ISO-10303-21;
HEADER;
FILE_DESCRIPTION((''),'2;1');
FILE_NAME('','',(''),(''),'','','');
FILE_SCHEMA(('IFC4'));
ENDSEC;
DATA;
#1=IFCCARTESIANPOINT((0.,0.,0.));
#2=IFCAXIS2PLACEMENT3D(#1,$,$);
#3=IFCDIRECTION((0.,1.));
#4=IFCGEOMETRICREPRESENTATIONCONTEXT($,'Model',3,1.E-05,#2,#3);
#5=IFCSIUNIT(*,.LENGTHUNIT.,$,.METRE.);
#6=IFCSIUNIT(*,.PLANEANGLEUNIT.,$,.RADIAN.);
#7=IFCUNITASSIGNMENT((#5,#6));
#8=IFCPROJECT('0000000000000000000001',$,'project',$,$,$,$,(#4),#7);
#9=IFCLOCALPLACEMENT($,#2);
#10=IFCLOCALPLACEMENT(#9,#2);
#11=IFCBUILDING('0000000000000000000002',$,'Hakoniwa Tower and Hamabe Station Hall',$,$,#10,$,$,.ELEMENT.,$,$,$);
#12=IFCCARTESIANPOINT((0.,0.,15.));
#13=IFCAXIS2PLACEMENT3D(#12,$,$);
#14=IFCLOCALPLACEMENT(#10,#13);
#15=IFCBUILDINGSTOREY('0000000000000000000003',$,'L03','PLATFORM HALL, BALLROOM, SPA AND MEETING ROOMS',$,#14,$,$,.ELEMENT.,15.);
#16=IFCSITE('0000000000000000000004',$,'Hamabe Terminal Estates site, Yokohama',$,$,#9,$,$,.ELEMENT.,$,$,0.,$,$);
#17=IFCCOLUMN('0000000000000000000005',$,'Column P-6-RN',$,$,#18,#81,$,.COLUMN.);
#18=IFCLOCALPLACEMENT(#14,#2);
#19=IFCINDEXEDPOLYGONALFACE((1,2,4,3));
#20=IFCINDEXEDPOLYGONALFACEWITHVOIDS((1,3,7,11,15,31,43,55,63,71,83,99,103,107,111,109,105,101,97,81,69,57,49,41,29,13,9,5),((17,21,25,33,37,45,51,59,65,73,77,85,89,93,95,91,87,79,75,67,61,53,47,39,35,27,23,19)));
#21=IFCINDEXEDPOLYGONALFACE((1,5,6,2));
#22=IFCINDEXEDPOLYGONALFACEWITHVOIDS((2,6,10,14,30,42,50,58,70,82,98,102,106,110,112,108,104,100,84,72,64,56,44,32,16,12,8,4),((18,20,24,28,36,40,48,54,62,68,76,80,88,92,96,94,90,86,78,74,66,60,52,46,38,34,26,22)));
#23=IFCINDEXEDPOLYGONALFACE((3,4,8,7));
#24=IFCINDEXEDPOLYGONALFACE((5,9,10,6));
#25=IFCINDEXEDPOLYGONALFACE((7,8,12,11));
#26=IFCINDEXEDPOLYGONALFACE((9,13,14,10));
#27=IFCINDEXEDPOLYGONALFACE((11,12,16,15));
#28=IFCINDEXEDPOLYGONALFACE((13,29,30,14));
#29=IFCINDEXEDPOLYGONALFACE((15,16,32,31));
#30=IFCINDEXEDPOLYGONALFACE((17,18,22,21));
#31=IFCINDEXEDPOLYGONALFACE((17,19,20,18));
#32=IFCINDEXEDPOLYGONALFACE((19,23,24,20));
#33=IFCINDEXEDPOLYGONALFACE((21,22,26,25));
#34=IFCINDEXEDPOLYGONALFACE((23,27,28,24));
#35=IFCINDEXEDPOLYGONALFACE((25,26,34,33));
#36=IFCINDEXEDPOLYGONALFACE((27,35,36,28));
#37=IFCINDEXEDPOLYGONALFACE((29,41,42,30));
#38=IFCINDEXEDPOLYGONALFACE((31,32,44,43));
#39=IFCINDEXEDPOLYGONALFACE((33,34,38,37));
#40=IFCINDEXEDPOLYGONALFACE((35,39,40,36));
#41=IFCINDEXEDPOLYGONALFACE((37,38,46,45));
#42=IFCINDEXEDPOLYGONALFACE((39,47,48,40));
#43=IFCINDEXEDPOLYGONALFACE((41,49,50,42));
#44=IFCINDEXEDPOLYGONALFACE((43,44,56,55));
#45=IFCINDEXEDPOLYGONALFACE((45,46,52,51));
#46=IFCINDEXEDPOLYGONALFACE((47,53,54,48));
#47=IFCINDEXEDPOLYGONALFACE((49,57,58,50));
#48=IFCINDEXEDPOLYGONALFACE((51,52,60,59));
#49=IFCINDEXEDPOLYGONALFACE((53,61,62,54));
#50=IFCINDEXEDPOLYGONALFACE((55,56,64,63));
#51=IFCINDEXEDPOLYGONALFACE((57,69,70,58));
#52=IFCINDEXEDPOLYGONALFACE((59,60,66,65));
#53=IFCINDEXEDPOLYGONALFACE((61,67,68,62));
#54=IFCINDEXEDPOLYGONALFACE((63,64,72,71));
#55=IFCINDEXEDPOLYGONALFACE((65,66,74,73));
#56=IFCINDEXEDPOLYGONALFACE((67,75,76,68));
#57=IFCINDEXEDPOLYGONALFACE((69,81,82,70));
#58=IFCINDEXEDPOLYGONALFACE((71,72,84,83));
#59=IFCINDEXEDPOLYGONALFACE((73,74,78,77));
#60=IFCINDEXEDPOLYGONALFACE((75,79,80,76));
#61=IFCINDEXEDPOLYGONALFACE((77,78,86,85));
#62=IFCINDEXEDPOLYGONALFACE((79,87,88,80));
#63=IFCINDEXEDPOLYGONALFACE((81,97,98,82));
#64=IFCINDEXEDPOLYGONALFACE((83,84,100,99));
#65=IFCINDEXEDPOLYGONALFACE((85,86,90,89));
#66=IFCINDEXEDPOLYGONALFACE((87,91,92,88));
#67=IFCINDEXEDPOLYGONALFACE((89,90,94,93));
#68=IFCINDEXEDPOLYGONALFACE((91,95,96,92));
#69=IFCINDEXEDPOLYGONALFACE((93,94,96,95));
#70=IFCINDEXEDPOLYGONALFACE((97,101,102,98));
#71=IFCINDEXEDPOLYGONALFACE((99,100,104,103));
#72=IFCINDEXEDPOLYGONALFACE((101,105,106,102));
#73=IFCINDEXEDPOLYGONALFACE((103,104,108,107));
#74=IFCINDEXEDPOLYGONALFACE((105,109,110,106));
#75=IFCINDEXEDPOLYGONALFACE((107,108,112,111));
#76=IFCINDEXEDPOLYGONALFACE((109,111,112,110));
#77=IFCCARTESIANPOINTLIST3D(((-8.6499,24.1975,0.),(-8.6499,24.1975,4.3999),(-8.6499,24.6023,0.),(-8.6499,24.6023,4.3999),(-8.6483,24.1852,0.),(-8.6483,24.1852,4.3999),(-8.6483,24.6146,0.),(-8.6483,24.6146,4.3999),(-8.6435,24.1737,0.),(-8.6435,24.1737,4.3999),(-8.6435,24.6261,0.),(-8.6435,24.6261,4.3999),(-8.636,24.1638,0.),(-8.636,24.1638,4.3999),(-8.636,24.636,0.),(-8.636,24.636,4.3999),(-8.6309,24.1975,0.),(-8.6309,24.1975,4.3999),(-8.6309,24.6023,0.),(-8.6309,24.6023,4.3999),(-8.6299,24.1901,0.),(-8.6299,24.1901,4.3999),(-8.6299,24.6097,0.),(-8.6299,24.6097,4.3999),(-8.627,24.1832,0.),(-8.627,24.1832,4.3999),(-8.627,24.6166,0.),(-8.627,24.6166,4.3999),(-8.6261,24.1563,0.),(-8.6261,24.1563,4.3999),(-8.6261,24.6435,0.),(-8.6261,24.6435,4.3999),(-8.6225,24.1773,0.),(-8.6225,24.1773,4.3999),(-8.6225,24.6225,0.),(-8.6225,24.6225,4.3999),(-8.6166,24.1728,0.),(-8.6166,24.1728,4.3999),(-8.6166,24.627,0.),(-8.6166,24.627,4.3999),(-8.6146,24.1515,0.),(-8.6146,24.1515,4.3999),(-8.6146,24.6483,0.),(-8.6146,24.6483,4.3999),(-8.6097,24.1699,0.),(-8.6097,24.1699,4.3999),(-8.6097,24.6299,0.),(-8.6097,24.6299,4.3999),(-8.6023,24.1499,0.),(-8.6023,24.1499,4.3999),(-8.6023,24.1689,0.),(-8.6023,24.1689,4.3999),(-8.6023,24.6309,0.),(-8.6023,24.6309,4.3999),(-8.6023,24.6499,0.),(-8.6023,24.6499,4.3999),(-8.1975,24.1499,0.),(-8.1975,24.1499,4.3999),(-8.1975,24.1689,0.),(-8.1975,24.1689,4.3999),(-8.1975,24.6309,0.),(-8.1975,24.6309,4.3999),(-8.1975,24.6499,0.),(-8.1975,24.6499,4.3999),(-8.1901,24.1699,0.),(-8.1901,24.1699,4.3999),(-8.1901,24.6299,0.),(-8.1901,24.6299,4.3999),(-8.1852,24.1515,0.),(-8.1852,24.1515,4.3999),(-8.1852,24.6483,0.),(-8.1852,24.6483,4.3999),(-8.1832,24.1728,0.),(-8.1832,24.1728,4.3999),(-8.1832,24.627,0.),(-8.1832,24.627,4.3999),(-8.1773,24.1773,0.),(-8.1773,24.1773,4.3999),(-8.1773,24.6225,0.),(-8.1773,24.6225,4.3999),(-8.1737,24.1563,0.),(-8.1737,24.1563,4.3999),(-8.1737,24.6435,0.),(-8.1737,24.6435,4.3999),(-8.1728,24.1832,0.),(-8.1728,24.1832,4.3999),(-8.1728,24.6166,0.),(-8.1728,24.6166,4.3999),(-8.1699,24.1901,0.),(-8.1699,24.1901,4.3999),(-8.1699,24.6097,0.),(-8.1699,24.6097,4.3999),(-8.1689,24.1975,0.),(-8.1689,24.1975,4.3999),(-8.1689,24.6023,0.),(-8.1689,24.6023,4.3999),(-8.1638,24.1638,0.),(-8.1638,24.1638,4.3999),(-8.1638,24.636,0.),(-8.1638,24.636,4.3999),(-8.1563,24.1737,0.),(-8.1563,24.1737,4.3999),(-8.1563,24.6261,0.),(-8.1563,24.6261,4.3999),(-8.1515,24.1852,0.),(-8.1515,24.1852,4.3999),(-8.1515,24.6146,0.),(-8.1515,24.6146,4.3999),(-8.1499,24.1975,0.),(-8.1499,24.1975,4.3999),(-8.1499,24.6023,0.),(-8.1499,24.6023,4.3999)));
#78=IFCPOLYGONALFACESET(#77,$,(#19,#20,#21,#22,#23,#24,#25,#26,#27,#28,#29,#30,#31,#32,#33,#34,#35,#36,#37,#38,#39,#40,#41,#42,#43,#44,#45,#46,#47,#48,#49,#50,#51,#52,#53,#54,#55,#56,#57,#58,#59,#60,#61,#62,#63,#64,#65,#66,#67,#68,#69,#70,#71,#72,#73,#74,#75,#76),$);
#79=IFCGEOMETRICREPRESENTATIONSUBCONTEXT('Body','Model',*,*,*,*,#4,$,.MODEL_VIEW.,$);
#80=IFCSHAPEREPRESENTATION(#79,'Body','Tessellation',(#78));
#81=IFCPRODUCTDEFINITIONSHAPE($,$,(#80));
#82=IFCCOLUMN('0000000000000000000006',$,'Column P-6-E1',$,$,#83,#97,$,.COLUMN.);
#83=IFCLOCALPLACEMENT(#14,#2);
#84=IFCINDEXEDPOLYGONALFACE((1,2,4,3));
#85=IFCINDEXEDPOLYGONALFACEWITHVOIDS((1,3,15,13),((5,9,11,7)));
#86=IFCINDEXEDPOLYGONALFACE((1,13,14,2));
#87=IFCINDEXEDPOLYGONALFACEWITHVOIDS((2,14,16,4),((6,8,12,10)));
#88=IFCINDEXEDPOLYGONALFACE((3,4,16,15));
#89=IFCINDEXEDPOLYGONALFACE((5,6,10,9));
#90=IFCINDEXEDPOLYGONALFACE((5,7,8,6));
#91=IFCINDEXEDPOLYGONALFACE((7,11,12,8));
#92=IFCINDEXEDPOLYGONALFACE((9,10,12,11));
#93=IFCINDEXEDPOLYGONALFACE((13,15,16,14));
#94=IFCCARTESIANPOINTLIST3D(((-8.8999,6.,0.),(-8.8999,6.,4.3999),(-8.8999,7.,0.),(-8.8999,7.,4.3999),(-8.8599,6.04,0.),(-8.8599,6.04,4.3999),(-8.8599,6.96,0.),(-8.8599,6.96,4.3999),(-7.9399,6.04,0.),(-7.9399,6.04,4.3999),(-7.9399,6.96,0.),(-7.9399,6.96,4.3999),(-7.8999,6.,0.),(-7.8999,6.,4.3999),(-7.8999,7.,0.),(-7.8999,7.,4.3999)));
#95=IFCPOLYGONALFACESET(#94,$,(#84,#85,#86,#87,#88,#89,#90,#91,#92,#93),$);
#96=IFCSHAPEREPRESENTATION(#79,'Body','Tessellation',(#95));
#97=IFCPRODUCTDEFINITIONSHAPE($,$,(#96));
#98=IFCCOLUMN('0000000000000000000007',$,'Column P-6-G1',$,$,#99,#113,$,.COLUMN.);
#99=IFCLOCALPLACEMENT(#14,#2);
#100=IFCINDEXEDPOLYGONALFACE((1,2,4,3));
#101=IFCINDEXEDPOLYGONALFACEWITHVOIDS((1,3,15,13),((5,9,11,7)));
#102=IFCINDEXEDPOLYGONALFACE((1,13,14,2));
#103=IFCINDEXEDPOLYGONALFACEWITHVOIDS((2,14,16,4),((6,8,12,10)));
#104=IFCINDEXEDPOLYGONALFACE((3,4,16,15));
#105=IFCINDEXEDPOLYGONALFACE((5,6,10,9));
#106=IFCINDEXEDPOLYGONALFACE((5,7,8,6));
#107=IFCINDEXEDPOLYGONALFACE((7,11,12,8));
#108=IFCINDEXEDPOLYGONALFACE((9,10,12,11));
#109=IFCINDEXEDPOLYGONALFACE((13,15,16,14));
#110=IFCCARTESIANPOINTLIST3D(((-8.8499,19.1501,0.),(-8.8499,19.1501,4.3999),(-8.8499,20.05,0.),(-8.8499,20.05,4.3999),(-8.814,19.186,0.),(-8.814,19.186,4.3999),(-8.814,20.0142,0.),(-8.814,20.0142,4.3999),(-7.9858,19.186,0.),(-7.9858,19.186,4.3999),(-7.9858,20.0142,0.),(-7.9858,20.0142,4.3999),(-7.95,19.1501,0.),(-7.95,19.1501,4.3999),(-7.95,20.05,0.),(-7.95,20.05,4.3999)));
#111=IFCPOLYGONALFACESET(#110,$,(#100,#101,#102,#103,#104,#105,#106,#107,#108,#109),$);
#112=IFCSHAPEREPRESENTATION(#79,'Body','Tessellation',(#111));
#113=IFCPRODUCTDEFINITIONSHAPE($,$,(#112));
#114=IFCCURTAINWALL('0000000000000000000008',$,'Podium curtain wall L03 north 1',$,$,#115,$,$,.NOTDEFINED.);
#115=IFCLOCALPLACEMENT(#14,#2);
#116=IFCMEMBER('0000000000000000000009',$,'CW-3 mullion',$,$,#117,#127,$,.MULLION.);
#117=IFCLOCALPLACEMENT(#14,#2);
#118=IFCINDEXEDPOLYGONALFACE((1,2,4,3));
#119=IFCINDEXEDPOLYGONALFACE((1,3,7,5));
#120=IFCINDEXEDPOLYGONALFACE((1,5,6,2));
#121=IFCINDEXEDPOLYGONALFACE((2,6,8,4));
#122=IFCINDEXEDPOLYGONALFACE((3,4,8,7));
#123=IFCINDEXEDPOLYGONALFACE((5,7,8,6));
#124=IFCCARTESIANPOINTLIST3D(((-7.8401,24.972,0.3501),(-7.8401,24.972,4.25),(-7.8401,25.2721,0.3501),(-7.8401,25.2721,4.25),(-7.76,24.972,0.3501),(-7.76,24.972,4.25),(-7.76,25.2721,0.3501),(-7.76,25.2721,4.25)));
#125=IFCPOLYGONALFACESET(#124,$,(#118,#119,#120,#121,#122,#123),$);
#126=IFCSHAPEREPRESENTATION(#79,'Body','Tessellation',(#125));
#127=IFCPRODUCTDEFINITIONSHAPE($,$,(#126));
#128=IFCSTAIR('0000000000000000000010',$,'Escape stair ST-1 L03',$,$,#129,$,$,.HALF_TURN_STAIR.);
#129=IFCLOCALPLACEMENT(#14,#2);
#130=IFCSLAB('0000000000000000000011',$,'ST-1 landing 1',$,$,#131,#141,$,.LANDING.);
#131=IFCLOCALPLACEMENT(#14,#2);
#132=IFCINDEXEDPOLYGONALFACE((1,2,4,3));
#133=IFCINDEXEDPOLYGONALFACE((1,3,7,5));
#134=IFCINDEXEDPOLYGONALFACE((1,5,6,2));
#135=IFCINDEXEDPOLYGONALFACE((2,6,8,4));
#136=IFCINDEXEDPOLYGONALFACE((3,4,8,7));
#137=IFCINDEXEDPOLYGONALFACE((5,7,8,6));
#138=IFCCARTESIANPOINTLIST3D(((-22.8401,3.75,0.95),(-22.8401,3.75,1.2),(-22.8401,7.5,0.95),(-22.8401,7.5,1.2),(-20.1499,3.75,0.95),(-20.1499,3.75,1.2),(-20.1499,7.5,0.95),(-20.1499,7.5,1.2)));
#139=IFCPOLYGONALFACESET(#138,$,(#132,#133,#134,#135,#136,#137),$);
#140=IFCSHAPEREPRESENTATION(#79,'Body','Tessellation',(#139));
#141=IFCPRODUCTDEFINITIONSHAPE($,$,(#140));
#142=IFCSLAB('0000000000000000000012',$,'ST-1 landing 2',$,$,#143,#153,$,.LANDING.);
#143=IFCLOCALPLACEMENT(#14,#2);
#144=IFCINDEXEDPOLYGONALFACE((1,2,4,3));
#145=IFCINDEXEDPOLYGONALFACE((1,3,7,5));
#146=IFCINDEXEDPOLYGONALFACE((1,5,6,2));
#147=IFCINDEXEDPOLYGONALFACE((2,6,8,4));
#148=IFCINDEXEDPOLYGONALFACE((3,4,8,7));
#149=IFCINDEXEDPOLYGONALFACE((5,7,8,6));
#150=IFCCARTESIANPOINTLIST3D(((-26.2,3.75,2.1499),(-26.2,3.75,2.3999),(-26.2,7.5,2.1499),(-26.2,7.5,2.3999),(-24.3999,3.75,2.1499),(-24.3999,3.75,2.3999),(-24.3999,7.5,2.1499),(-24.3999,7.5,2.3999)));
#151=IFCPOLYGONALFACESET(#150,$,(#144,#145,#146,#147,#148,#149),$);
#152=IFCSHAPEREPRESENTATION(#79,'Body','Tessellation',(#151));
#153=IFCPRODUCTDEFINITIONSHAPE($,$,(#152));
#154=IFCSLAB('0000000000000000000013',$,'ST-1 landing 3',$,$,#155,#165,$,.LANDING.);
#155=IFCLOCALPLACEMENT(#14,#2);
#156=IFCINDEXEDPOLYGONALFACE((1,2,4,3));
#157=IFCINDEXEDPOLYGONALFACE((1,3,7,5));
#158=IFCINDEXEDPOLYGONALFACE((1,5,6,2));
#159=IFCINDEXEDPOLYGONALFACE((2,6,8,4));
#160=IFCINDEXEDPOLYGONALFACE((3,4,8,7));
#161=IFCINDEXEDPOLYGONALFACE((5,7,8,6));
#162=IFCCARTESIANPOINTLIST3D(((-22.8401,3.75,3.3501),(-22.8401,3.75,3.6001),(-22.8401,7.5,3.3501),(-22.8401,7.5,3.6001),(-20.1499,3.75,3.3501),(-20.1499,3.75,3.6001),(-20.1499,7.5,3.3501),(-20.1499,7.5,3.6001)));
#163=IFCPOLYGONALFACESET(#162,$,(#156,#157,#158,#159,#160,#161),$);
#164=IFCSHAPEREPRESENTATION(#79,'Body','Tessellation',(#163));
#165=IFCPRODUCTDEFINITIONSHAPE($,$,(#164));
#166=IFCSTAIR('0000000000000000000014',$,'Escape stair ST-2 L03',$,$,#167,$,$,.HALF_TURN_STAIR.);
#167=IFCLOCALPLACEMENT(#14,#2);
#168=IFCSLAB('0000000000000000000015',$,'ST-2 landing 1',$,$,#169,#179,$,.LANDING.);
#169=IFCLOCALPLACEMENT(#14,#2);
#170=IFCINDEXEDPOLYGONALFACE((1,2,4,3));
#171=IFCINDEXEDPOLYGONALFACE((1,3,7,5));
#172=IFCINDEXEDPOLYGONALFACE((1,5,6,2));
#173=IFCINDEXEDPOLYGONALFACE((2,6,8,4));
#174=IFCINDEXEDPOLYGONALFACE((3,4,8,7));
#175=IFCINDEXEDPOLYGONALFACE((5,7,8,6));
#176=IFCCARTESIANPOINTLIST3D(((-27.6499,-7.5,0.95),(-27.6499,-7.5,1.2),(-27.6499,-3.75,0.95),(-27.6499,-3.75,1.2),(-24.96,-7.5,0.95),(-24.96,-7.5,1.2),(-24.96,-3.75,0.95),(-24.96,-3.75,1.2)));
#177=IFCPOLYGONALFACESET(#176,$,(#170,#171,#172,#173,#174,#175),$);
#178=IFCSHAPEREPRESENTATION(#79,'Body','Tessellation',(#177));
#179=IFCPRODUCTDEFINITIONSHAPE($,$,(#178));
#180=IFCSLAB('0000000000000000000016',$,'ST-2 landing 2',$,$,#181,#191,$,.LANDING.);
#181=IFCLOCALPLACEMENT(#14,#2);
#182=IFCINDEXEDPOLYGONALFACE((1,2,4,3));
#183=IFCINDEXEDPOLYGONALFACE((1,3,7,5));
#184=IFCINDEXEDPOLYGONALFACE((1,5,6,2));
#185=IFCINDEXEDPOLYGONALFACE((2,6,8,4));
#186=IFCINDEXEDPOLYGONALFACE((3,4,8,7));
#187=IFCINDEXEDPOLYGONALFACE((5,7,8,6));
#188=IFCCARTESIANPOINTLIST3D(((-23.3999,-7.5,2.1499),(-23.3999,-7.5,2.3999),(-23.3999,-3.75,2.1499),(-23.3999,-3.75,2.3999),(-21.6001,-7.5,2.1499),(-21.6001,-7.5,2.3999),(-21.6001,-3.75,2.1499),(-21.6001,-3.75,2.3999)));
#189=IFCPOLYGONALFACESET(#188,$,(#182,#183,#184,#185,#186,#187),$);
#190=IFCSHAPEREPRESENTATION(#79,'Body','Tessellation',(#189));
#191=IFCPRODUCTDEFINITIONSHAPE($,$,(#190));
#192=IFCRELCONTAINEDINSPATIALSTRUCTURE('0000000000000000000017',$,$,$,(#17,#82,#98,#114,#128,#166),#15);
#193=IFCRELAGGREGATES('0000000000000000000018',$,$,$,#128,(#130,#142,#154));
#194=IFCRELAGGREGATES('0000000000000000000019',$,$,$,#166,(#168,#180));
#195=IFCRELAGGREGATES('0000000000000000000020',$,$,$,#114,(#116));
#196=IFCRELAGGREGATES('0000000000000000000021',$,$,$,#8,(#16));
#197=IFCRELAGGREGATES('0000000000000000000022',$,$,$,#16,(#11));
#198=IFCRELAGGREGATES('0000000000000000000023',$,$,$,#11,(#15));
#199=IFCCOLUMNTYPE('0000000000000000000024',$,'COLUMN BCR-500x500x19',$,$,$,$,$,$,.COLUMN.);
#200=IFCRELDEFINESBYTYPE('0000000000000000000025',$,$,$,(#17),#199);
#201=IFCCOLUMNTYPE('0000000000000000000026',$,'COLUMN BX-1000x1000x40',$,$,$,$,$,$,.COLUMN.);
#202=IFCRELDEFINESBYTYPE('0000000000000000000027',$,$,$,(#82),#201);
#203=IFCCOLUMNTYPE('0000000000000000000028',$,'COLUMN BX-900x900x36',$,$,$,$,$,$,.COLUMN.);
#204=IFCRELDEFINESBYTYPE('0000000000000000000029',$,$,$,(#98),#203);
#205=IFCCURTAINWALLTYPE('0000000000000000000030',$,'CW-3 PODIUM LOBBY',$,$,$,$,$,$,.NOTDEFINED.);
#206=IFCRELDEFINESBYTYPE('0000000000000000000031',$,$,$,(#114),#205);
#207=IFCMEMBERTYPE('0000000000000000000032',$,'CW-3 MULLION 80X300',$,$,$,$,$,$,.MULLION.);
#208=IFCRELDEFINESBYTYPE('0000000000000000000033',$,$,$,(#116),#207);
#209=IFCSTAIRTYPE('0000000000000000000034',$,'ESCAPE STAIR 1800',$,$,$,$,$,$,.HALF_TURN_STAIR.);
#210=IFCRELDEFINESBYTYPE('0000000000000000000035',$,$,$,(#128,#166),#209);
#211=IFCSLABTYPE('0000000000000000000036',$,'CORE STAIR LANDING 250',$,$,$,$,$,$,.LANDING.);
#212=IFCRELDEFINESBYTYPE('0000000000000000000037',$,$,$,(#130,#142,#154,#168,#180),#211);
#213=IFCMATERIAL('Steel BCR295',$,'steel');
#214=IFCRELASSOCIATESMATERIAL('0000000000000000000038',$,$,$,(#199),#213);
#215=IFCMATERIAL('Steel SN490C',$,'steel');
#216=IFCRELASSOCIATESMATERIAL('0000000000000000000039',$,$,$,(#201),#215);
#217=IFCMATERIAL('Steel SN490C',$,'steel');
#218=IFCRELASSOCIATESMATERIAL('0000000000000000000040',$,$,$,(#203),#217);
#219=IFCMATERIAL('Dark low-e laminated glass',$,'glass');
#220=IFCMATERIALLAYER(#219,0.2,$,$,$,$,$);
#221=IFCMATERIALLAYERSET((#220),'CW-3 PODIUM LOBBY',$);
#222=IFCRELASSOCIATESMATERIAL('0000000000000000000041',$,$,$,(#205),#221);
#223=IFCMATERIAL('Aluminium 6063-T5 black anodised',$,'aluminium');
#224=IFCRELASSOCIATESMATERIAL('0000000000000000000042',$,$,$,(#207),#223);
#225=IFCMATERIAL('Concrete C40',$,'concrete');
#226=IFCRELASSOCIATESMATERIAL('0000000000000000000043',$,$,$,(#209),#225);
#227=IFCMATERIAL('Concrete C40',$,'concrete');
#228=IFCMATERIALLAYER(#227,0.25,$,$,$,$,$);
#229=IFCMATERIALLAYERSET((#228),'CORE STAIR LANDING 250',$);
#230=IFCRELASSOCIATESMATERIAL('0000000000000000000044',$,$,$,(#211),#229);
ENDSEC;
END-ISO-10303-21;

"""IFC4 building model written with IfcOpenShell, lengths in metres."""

from ifc_helpers import new_model, si_unit, direction, frame, origin, origin_2d, place, context, subcontext, project, spatial, polyline, rectangle, hollow_rectangle, outline, extrude, material, layer, layer_set, material_profile, profile_set, type_object, element, aggregate, save


model = new_model("IFC4")

# Units and contexts
model_context = context("Model", 3, precision=1e-05, world=origin(), true_north=direction((0.0, 1.0)))
body_context = subcontext(model_context, "Body", "Model", "MODEL_VIEW")
ifc_project = project(units=[si_unit("LENGTHUNIT", "METRE"), si_unit("PLANEANGLEUNIT", "RADIAN")], contexts=[model_context])

# Site, building, storey
site_placement = place(None, origin())
site = spatial("IfcSite", under=ifc_project, at=site_placement, Name="Hamabe Terminal Estates site, Yokohama", CompositionType="ELEMENT", RefElevation=0.0)
building_placement = place(site_placement, origin())
building = spatial("IfcBuilding", under=site, at=building_placement, Name="Hakoniwa Tower and Hamabe Station Hall", CompositionType="ELEMENT")
storey_placement = place(building_placement, frame((0.0, 0.0, 15.0)))
storey = spatial("IfcBuildingStorey", under=building, at=storey_placement, Name="L03", Description="PLATFORM HALL, BALLROOM, SPA AND MEETING ROOMS", CompositionType="ELEMENT", Elevation=15.0)

# Columns
ifc_material_1 = material(Name="Steel BCR295", Category="steel")
ifc_material_profile_1 = material_profile(ifc_material_1, hollow_rectangle(XDim=0.5, YDim=0.5, WallThickness=0.019, InnerFilletRadius=0.0286, OuterFilletRadius=0.0476, at=origin_2d()), Name="BCR-500x500x19")
ifc_profile_set_1 = profile_set([ifc_material_profile_1], Name="Steel BCR295")
column_type_1 = type_object("IfcColumnType", Name="COLUMN BCR-500x500x19", PredefinedType="COLUMN", material=ifc_profile_set_1)
column_1_placement = place(storey_placement, frame((-8.3999, 24.3999, 0.0), z_axis=(0.0, 0.0, 1.0), x_axis=(1.0, 0.0, 0.0)))
element("IfcColumn", 1, at=column_1_placement, inside=storey, type_object=column_type_1, Name="Column P-6-RN", PredefinedType="COLUMN", context=body_context, shape_type="SweptSolid", body=[
    extrude(hollow_rectangle(XDim=0.5, YDim=0.5, WallThickness=0.019, InnerFilletRadius=0.0286, OuterFilletRadius=0.0476, at=origin_2d()), origin(), (0.0, 0.0, 1.0), 4.3999),
])
ifc_material_2 = material(Name="Steel SN490C", Category="steel")
ifc_material_profile_2 = material_profile(ifc_material_2, hollow_rectangle(XDim=1.0, YDim=1.0, WallThickness=0.04, at=origin_2d()), Name="BX-1000x1000x40")
ifc_profile_set_2 = profile_set([ifc_material_profile_2], Name="Steel SN490C")
column_type_2 = type_object("IfcColumnType", Name="COLUMN BX-1000x1000x40", PredefinedType="COLUMN", material=ifc_profile_set_2)
column_2_placement = place(storey_placement, frame((-8.3999, 6.5, 0.0), z_axis=(0.0, 0.0, 1.0), x_axis=(1.0, 0.0, 0.0)))
element("IfcColumn", 2, at=column_2_placement, inside=storey, type_object=column_type_2, Name="Column P-6-E1", PredefinedType="COLUMN", context=body_context, shape_type="SweptSolid", body=[
    extrude(hollow_rectangle(XDim=1.0, YDim=1.0, WallThickness=0.04, at=origin_2d()), origin(), (0.0, 0.0, 1.0), 4.3999),
])
ifc_material_3 = material(Name="Steel SN490C", Category="steel")
ifc_material_profile_3 = material_profile(ifc_material_3, hollow_rectangle(XDim=0.8999, YDim=0.8999, WallThickness=0.0359, at=origin_2d()), Name="BX-900x900x36")
ifc_profile_set_3 = profile_set([ifc_material_profile_3], Name="Steel SN490C")
column_type_3 = type_object("IfcColumnType", Name="COLUMN BX-900x900x36", PredefinedType="COLUMN", material=ifc_profile_set_3)
column_3_placement = place(storey_placement, frame((-8.3999, 19.6001, 0.0), z_axis=(0.0, 0.0, 1.0), x_axis=(1.0, 0.0, 0.0)))
element("IfcColumn", 3, at=column_3_placement, inside=storey, type_object=column_type_3, Name="Column P-6-G1", PredefinedType="COLUMN", context=body_context, shape_type="SweptSolid", body=[
    extrude(hollow_rectangle(XDim=0.8999, YDim=0.8999, WallThickness=0.0359, at=origin_2d()), origin(), (0.0, 0.0, 1.0), 4.3999),
])

# Curtain wall, member
ifc_material_4 = material(Name="Dark low-e laminated glass", Category="glass")
ifc_layer_1 = layer(ifc_material_4, 0.2)
ifc_layer_set_1 = layer_set([ifc_layer_1], Name="CW-3 PODIUM LOBBY")
curtain_wall_type = type_object("IfcCurtainWallType", Name="CW-3 PODIUM LOBBY", PredefinedType="NOTDEFINED", material=ifc_layer_set_1)
curtain_wall_placement = place(storey_placement, origin())
curtain_wall = element("IfcCurtainWall", 4, at=curtain_wall_placement, inside=storey, type_object=curtain_wall_type, Name="Podium curtain wall L03 north 1", PredefinedType="NOTDEFINED")
ifc_material_5 = material(Name="Aluminium 6063-T5 black anodised", Category="aluminium")
ifc_material_profile_4 = material_profile(ifc_material_5, rectangle(XDim=0.0801, YDim=0.3, at=origin_2d()), Name="CW-3 MULLION 80X300")
ifc_profile_set_4 = profile_set([ifc_material_profile_4], Name="Aluminium 6063-T5 black anodised")
member_type = type_object("IfcMemberType", Name="CW-3 MULLION 80X300", PredefinedType="MULLION", material=ifc_profile_set_4)
member_placement = place(storey_placement, frame((-7.8, 25.1221, 0.3501), z_axis=(0.0, 0.0, 1.0), x_axis=(-1.0, 0.0, 0.0)))
member = element("IfcMember", 5, at=member_placement, type_object=member_type, Name="CW-3 mullion", PredefinedType="MULLION", context=body_context, shape_type="SweptSolid", body=[
    extrude(rectangle(XDim=0.0801, YDim=0.3, at=origin_2d()), origin(), (0.0, 0.0, 1.0), 3.8999),
])

# Stairs, slabs
ifc_material_6 = material(Name="Concrete C40", Category="concrete")
stair_type_1 = type_object("IfcStairType", Name="ESCAPE STAIR 1800", PredefinedType="HALF_TURN_STAIR", material=ifc_material_6)
stair_1_placement = place(storey_placement, origin())
stair_1 = element("IfcStair", 6, at=stair_1_placement, inside=storey, type_object=stair_type_1, Name="Escape stair ST-1 L03", PredefinedType="HALF_TURN_STAIR")
ifc_material_7 = material(Name="Concrete C40", Category="concrete")
ifc_layer_2 = layer(ifc_material_7, 0.25)
ifc_layer_set_2 = layer_set([ifc_layer_2], Name="CORE STAIR LANDING 250")
slab_type_1 = type_object("IfcSlabType", Name="CORE STAIR LANDING 250", PredefinedType="LANDING", material=ifc_layer_set_2)
slab_1_placement = place(storey_placement, frame((0.0, 0.0, 0.95)))
slab_1 = element("IfcSlab", 7, at=slab_1_placement, type_object=slab_type_1, Name="ST-1 landing 1", PredefinedType="LANDING", context=body_context, shape_type="SweptSolid", body=[
    extrude(outline(polyline([(-22.8401, 3.75), (-20.1499, 3.75), (-20.1499, 7.5), (-22.8401, 7.5), (-22.8401, 3.75)])), origin(), (0.0, 0.0, 1.0), 0.25),
])
slab_2_placement = place(storey_placement, frame((0.0, 0.0, 2.1499)))
slab_2 = element("IfcSlab", 8, at=slab_2_placement, type_object=slab_type_1, Name="ST-1 landing 2", PredefinedType="LANDING", context=body_context, shape_type="SweptSolid", body=[
    extrude(outline(polyline([(-26.2, 3.75), (-24.3999, 3.75), (-24.3999, 7.5), (-26.2, 7.5), (-26.2, 3.75)])), origin(), (0.0, 0.0, 1.0), 0.25),
])
slab_3_placement = place(storey_placement, frame((0.0, 0.0, 3.3501)))
slab_3 = element("IfcSlab", 9, at=slab_3_placement, type_object=slab_type_1, Name="ST-1 landing 3", PredefinedType="LANDING", context=body_context, shape_type="SweptSolid", body=[
    extrude(outline(polyline([(-22.8401, 3.75), (-20.1499, 3.75), (-20.1499, 7.5), (-22.8401, 7.5), (-22.8401, 3.75)])), origin(), (0.0, 0.0, 1.0), 0.25),
])
aggregate(stair_1, [slab_1, slab_2, slab_3])
stair_2_placement = place(storey_placement, origin())
stair_2 = element("IfcStair", 10, at=stair_2_placement, inside=storey, type_object=stair_type_1, Name="Escape stair ST-2 L03", PredefinedType="HALF_TURN_STAIR")
slab_4_placement = place(storey_placement, frame((0.0, 0.0, 0.95)))
slab_4 = element("IfcSlab", 11, at=slab_4_placement, type_object=slab_type_1, Name="ST-2 landing 1", PredefinedType="LANDING", context=body_context, shape_type="SweptSolid", body=[
    extrude(outline(polyline([(-24.96, -7.5), (-27.6499, -7.5), (-27.6499, -3.75), (-24.96, -3.75), (-24.96, -7.5)])), origin(), (0.0, 0.0, 1.0), 0.25),
])
slab_5_placement = place(storey_placement, frame((0.0, 0.0, 2.1499)))
slab_5 = element("IfcSlab", 12, at=slab_5_placement, type_object=slab_type_1, Name="ST-2 landing 2", PredefinedType="LANDING", context=body_context, shape_type="SweptSolid", body=[
    extrude(outline(polyline([(-21.6001, -7.5), (-23.3999, -7.5), (-23.3999, -3.75), (-21.6001, -3.75), (-21.6001, -7.5)])), origin(), (0.0, 0.0, 1.0), 0.25),
])
aggregate(stair_2, [slab_4, slab_5])

aggregate(curtain_wall, [member])

save(model, "model.ifc")
